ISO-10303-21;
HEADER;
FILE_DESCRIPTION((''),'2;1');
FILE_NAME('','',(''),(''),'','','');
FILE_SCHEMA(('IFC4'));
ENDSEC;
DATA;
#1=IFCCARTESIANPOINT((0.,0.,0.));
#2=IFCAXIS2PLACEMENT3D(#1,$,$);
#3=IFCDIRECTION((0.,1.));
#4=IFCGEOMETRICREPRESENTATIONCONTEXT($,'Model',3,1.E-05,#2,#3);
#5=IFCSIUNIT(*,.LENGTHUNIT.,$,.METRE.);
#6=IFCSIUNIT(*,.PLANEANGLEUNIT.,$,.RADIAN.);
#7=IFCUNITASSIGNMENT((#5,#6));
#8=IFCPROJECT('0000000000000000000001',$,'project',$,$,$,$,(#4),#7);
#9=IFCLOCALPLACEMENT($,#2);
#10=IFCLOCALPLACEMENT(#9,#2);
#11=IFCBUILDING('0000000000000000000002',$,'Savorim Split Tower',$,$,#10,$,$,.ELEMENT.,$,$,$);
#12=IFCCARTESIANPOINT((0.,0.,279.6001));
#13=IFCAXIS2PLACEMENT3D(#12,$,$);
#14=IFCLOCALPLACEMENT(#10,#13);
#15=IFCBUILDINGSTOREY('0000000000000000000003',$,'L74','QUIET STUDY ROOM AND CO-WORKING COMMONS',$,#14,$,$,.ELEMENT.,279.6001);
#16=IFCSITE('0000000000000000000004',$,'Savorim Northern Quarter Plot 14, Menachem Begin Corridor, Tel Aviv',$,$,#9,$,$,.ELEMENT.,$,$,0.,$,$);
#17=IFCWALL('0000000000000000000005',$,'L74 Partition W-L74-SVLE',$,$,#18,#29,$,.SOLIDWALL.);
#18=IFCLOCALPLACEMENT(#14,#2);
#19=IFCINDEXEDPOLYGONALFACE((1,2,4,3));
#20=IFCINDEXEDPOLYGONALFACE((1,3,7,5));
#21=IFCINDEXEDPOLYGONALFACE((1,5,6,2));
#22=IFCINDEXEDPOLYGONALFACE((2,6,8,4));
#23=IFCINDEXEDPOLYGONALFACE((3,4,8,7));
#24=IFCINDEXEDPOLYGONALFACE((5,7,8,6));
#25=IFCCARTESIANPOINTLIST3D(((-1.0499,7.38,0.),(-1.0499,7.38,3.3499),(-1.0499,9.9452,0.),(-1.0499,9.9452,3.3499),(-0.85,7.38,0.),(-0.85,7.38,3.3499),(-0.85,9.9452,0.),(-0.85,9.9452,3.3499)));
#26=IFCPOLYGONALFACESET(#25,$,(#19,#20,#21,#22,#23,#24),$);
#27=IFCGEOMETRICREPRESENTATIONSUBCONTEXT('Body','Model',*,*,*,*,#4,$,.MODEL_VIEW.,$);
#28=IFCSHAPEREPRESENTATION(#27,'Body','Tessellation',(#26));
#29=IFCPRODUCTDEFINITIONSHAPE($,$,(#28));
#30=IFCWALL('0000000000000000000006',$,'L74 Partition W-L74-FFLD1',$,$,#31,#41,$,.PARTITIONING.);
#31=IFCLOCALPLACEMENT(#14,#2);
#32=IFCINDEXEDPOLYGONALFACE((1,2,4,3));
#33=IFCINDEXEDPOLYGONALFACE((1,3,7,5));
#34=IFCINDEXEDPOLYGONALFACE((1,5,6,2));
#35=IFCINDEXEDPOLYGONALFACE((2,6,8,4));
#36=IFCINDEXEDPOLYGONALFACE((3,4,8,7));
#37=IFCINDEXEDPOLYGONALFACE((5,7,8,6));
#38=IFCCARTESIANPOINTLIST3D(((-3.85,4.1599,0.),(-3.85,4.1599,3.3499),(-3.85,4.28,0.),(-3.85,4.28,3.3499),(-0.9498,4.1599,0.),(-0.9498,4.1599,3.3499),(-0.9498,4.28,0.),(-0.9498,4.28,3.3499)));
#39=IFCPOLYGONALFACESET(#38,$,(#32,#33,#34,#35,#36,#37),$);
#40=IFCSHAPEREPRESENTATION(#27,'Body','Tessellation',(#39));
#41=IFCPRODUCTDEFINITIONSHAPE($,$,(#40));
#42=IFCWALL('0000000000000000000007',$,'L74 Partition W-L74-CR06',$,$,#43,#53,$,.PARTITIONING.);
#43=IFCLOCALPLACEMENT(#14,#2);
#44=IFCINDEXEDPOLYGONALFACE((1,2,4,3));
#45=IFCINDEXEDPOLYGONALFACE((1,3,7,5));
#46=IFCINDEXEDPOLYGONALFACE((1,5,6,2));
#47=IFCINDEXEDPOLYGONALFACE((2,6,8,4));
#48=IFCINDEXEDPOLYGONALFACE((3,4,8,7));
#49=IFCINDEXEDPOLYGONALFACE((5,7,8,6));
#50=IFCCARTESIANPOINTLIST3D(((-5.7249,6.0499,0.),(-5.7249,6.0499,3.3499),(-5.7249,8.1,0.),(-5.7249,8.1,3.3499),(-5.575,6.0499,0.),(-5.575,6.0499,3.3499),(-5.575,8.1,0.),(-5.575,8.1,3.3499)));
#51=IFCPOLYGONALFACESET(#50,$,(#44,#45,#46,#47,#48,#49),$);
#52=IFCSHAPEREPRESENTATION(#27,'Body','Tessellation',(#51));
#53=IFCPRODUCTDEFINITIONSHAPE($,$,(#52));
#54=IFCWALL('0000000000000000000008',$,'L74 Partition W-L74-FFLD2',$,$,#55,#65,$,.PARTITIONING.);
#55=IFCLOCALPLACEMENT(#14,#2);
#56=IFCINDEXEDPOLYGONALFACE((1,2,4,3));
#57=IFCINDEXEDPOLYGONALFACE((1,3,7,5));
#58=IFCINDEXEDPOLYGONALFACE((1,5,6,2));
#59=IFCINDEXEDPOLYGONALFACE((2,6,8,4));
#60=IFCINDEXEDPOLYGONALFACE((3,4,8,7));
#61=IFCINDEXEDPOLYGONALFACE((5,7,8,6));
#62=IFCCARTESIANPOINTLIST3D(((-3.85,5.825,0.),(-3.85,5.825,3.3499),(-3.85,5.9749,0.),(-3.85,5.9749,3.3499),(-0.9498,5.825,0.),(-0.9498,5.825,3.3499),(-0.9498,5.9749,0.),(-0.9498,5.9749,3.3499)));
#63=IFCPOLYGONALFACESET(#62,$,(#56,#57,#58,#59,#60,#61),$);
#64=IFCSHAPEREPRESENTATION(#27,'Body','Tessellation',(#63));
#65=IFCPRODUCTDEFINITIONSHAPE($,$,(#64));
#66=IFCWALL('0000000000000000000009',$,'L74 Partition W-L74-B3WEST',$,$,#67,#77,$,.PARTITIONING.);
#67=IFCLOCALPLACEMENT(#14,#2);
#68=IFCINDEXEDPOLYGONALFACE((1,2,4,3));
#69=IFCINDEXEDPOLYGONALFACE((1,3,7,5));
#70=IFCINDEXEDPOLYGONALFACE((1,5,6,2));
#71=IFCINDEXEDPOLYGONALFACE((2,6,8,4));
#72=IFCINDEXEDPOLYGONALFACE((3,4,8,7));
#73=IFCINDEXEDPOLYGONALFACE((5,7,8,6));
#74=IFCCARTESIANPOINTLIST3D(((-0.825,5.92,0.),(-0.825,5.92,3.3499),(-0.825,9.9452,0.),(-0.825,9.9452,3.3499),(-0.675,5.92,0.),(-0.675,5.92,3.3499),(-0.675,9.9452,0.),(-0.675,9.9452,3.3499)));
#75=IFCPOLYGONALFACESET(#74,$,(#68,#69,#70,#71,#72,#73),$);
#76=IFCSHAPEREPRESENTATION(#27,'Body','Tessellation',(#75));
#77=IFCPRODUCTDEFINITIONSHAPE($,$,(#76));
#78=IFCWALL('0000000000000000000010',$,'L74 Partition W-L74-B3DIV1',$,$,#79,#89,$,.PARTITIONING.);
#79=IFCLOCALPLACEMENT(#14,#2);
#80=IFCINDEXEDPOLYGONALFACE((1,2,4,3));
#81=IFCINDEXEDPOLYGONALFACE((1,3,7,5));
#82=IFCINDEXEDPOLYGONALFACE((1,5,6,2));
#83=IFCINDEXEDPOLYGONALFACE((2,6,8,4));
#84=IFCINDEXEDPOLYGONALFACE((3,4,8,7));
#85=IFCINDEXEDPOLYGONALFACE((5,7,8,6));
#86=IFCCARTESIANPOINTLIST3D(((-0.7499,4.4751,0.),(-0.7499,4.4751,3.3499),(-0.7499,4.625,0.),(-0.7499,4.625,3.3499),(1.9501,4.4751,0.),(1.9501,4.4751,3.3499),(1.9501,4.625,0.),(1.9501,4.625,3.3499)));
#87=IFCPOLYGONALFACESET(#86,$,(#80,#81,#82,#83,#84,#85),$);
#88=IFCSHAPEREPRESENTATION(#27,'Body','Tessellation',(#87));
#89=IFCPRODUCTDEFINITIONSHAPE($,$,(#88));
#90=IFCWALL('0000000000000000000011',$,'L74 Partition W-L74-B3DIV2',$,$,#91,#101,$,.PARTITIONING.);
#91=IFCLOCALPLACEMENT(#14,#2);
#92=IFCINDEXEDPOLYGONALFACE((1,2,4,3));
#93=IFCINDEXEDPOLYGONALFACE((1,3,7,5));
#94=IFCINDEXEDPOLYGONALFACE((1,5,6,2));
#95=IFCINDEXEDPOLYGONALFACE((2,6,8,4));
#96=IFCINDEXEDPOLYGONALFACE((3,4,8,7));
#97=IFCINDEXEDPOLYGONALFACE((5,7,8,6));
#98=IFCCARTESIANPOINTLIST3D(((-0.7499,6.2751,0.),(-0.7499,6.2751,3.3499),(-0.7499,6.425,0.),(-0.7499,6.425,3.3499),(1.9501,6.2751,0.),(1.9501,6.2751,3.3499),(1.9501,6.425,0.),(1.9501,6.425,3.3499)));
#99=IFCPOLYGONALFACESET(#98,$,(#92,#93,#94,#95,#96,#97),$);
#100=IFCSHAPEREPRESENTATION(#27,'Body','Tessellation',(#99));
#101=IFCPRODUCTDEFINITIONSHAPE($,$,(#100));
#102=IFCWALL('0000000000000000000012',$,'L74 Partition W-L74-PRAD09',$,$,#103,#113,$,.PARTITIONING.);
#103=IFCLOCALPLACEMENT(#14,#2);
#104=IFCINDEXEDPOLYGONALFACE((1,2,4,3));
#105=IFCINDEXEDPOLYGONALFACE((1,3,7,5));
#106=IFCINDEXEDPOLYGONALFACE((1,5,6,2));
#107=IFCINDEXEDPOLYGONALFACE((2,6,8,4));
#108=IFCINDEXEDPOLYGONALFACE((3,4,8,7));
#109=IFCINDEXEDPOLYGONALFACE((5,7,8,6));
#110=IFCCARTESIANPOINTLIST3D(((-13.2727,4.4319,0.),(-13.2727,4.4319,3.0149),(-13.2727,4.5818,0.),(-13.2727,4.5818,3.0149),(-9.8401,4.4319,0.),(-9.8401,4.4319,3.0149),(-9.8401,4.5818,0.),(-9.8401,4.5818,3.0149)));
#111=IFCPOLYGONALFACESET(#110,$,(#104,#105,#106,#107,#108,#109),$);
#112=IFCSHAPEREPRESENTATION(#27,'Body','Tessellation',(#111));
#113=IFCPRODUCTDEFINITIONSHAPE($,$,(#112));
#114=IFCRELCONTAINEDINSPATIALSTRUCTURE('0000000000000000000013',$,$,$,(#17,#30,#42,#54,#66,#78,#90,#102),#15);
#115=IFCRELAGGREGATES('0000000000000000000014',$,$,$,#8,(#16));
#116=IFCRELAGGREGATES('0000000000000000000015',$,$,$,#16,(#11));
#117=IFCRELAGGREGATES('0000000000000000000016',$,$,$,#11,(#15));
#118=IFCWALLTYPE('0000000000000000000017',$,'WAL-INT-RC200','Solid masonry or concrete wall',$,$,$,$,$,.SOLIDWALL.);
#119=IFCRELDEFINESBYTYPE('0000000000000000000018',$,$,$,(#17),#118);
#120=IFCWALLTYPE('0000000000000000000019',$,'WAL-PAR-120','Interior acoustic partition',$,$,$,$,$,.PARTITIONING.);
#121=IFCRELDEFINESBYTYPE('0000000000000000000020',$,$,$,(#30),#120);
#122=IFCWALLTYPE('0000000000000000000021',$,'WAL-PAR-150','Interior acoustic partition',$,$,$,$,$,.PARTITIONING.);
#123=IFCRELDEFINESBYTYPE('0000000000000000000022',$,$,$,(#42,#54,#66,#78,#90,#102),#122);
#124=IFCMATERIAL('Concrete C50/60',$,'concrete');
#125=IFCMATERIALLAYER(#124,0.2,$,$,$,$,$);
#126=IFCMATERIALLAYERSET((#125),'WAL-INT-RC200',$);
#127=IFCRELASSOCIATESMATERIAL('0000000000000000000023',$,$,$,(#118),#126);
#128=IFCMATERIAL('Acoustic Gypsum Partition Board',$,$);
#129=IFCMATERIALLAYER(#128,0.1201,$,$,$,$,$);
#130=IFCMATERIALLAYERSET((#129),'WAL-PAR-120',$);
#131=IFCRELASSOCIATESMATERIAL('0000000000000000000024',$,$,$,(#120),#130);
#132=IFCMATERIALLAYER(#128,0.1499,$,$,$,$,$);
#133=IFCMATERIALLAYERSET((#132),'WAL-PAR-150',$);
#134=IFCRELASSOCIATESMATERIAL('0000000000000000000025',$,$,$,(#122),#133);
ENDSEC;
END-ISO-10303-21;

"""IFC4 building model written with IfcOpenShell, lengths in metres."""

from ifc_helpers import new_model, si_unit, direction, frame, frame_2d, origin, place, context, subcontext, project, spatial, rectangle, extrude, material, layer, layer_set, type_object, element, save


model = new_model("IFC4")

# Units and contexts
model_context = context("Model", 3, precision=1e-05, world=origin(), true_north=direction((0.0, 1.0)))
body_context = subcontext(model_context, "Body", "Model", "MODEL_VIEW")
ifc_project = project(units=[si_unit("LENGTHUNIT", "METRE"), si_unit("PLANEANGLEUNIT", "RADIAN")], contexts=[model_context])

# Site, building, storey
site_placement = place(None, origin())
site = spatial("IfcSite", under=ifc_project, at=site_placement, Name="Savorim Northern Quarter Plot 14, Menachem Begin Corridor, Tel Aviv", CompositionType="ELEMENT", RefElevation=0.0)
building_placement = place(site_placement, origin())
building = spatial("IfcBuilding", under=site, at=building_placement, Name="Savorim Split Tower", CompositionType="ELEMENT")
storey_placement = place(building_placement, frame((0.0, 0.0, 279.6001)))
storey = spatial("IfcBuildingStorey", under=building, at=storey_placement, Name="L74", Description="QUIET STUDY ROOM AND CO-WORKING COMMONS", CompositionType="ELEMENT", Elevation=279.6001)

# Shared definitions
ifc_material_1 = material(Name="Concrete C50/60", Category="concrete")
ifc_layer_1 = layer(ifc_material_1, 0.2)
ifc_layer_set_1 = layer_set([ifc_layer_1], Name="WAL-INT-RC200")
wall_type_1 = type_object("IfcWallType", Name="WAL-INT-RC200", Description="Solid masonry or concrete wall", PredefinedType="SOLIDWALL", material=ifc_layer_set_1)

# Walls
wall_1_placement = place(storey_placement, frame((-0.95, 7.3799, 0.0), z_axis=(0.0, 0.0, 1.0), x_axis=(0.0, 1.0, 0.0)))
element("IfcWall", 1, at=wall_1_placement, inside=storey, type_object=wall_type_1, Name="L74 Partition W-L74-SVLE", PredefinedType="SOLIDWALL", context=body_context, shape_type="SweptSolid", body=[
    extrude(rectangle(XDim=2.5652, YDim=0.2, at=frame_2d((1.2827, 0.0))), origin(), (0.0, 0.0, 1.0), 3.3499),
])
ifc_material_2 = material(Name="Acoustic Gypsum Partition Board")
ifc_layer_2 = layer(ifc_material_2, 0.1201)
ifc_layer_set_2 = layer_set([ifc_layer_2], Name="WAL-PAR-120")
wall_type_2 = type_object("IfcWallType", Name="WAL-PAR-120", Description="Interior acoustic partition", PredefinedType="PARTITIONING", material=ifc_layer_set_2)
wall_2_placement = place(storey_placement, frame((-3.8501, 4.22, 0.0), z_axis=(0.0, 0.0, 1.0), x_axis=(1.0, 0.0, 0.0)))
element("IfcWall", 2, at=wall_2_placement, inside=storey, type_object=wall_type_2, Name="L74 Partition W-L74-FFLD1", PredefinedType="PARTITIONING", context=body_context, shape_type="SweptSolid", body=[
    extrude(rectangle(XDim=2.9001, YDim=0.1201, at=frame_2d((1.4502, 0.0))), origin(), (0.0, 0.0, 1.0), 3.3499),
])
ifc_layer_3 = layer(ifc_material_2, 0.1499)
ifc_layer_set_3 = layer_set([ifc_layer_3], Name="WAL-PAR-150")
wall_type_3 = type_object("IfcWallType", Name="WAL-PAR-150", Description="Interior acoustic partition", PredefinedType="PARTITIONING", material=ifc_layer_set_3)
wall_3_placement = place(storey_placement, frame((-5.6499, 6.05, 0.0), z_axis=(0.0, 0.0, 1.0), x_axis=(0.0, 1.0, 0.0)))
element("IfcWall", 3, at=wall_3_placement, inside=storey, type_object=wall_type_3, Name="L74 Partition W-L74-CR06", PredefinedType="PARTITIONING", context=body_context, shape_type="SweptSolid", body=[
    extrude(rectangle(XDim=2.05, YDim=0.1499, at=frame_2d((1.0249, 0.0))), origin(), (0.0, 0.0, 1.0), 3.3499),
])
wall_4_placement = place(storey_placement, frame((-3.8501, 5.8999, 0.0), z_axis=(0.0, 0.0, 1.0), x_axis=(1.0, 0.0, 0.0)))
element("IfcWall", 4, at=wall_4_placement, inside=storey, type_object=wall_type_3, Name="L74 Partition W-L74-FFLD2", PredefinedType="PARTITIONING", context=body_context, shape_type="SweptSolid", body=[
    extrude(rectangle(XDim=2.9001, YDim=0.1499, at=frame_2d((1.4502, 0.0))), origin(), (0.0, 0.0, 1.0), 3.3499),
])
wall_5_placement = place(storey_placement, frame((-0.75, 5.9199, 0.0), z_axis=(0.0, 0.0, 1.0), x_axis=(0.0, 1.0, 0.0)))
element("IfcWall", 5, at=wall_5_placement, inside=storey, type_object=wall_type_3, Name="L74 Partition W-L74-B3WEST", PredefinedType="PARTITIONING", context=body_context, shape_type="SweptSolid", body=[
    extrude(rectangle(XDim=4.0251, YDim=0.1499, at=frame_2d((2.0127, 0.0))), origin(), (0.0, 0.0, 1.0), 3.3499),
])
for number, where, z_axis, x_axis, name in (
    (6, (-0.75, 4.55, 0.0), (0.0, 0.0, 1.0), (1.0, 0.0, 0.0), "L74 Partition W-L74-B3DIV1"),
    (7, (-0.75, 6.3501, 0.0), (0.0, 0.0, 1.0), (1.0, 0.0, 0.0), "L74 Partition W-L74-B3DIV2"),
):
    element("IfcWall", number, at=place(storey_placement, frame(where, z_axis=z_axis, x_axis=x_axis)), inside=storey, type_object=wall_type_3, Name=name, PredefinedType="PARTITIONING", context=body_context, shape_type="SweptSolid", body=[
        extrude(rectangle(XDim=2.7, YDim=0.1499, at=frame_2d((1.3501, 0.0))), origin(), (0.0, 0.0, 1.0), 3.3499),
    ])
wall_6_placement = place(storey_placement, frame((-9.8401, 4.5068, 0.0), z_axis=(0.0, 0.0, 1.0), x_axis=(-1.0, 0.0, 0.0)))
element("IfcWall", 8, at=wall_6_placement, inside=storey, type_object=wall_type_3, Name="L74 Partition W-L74-PRAD09", PredefinedType="PARTITIONING", context=body_context, shape_type="SweptSolid", body=[
    extrude(rectangle(XDim=3.4326, YDim=0.1499, at=frame_2d((1.7163, 0.0))), origin(), (0.0, 0.0, 1.0), 3.0149),
])

save(model, "model.ifc")
